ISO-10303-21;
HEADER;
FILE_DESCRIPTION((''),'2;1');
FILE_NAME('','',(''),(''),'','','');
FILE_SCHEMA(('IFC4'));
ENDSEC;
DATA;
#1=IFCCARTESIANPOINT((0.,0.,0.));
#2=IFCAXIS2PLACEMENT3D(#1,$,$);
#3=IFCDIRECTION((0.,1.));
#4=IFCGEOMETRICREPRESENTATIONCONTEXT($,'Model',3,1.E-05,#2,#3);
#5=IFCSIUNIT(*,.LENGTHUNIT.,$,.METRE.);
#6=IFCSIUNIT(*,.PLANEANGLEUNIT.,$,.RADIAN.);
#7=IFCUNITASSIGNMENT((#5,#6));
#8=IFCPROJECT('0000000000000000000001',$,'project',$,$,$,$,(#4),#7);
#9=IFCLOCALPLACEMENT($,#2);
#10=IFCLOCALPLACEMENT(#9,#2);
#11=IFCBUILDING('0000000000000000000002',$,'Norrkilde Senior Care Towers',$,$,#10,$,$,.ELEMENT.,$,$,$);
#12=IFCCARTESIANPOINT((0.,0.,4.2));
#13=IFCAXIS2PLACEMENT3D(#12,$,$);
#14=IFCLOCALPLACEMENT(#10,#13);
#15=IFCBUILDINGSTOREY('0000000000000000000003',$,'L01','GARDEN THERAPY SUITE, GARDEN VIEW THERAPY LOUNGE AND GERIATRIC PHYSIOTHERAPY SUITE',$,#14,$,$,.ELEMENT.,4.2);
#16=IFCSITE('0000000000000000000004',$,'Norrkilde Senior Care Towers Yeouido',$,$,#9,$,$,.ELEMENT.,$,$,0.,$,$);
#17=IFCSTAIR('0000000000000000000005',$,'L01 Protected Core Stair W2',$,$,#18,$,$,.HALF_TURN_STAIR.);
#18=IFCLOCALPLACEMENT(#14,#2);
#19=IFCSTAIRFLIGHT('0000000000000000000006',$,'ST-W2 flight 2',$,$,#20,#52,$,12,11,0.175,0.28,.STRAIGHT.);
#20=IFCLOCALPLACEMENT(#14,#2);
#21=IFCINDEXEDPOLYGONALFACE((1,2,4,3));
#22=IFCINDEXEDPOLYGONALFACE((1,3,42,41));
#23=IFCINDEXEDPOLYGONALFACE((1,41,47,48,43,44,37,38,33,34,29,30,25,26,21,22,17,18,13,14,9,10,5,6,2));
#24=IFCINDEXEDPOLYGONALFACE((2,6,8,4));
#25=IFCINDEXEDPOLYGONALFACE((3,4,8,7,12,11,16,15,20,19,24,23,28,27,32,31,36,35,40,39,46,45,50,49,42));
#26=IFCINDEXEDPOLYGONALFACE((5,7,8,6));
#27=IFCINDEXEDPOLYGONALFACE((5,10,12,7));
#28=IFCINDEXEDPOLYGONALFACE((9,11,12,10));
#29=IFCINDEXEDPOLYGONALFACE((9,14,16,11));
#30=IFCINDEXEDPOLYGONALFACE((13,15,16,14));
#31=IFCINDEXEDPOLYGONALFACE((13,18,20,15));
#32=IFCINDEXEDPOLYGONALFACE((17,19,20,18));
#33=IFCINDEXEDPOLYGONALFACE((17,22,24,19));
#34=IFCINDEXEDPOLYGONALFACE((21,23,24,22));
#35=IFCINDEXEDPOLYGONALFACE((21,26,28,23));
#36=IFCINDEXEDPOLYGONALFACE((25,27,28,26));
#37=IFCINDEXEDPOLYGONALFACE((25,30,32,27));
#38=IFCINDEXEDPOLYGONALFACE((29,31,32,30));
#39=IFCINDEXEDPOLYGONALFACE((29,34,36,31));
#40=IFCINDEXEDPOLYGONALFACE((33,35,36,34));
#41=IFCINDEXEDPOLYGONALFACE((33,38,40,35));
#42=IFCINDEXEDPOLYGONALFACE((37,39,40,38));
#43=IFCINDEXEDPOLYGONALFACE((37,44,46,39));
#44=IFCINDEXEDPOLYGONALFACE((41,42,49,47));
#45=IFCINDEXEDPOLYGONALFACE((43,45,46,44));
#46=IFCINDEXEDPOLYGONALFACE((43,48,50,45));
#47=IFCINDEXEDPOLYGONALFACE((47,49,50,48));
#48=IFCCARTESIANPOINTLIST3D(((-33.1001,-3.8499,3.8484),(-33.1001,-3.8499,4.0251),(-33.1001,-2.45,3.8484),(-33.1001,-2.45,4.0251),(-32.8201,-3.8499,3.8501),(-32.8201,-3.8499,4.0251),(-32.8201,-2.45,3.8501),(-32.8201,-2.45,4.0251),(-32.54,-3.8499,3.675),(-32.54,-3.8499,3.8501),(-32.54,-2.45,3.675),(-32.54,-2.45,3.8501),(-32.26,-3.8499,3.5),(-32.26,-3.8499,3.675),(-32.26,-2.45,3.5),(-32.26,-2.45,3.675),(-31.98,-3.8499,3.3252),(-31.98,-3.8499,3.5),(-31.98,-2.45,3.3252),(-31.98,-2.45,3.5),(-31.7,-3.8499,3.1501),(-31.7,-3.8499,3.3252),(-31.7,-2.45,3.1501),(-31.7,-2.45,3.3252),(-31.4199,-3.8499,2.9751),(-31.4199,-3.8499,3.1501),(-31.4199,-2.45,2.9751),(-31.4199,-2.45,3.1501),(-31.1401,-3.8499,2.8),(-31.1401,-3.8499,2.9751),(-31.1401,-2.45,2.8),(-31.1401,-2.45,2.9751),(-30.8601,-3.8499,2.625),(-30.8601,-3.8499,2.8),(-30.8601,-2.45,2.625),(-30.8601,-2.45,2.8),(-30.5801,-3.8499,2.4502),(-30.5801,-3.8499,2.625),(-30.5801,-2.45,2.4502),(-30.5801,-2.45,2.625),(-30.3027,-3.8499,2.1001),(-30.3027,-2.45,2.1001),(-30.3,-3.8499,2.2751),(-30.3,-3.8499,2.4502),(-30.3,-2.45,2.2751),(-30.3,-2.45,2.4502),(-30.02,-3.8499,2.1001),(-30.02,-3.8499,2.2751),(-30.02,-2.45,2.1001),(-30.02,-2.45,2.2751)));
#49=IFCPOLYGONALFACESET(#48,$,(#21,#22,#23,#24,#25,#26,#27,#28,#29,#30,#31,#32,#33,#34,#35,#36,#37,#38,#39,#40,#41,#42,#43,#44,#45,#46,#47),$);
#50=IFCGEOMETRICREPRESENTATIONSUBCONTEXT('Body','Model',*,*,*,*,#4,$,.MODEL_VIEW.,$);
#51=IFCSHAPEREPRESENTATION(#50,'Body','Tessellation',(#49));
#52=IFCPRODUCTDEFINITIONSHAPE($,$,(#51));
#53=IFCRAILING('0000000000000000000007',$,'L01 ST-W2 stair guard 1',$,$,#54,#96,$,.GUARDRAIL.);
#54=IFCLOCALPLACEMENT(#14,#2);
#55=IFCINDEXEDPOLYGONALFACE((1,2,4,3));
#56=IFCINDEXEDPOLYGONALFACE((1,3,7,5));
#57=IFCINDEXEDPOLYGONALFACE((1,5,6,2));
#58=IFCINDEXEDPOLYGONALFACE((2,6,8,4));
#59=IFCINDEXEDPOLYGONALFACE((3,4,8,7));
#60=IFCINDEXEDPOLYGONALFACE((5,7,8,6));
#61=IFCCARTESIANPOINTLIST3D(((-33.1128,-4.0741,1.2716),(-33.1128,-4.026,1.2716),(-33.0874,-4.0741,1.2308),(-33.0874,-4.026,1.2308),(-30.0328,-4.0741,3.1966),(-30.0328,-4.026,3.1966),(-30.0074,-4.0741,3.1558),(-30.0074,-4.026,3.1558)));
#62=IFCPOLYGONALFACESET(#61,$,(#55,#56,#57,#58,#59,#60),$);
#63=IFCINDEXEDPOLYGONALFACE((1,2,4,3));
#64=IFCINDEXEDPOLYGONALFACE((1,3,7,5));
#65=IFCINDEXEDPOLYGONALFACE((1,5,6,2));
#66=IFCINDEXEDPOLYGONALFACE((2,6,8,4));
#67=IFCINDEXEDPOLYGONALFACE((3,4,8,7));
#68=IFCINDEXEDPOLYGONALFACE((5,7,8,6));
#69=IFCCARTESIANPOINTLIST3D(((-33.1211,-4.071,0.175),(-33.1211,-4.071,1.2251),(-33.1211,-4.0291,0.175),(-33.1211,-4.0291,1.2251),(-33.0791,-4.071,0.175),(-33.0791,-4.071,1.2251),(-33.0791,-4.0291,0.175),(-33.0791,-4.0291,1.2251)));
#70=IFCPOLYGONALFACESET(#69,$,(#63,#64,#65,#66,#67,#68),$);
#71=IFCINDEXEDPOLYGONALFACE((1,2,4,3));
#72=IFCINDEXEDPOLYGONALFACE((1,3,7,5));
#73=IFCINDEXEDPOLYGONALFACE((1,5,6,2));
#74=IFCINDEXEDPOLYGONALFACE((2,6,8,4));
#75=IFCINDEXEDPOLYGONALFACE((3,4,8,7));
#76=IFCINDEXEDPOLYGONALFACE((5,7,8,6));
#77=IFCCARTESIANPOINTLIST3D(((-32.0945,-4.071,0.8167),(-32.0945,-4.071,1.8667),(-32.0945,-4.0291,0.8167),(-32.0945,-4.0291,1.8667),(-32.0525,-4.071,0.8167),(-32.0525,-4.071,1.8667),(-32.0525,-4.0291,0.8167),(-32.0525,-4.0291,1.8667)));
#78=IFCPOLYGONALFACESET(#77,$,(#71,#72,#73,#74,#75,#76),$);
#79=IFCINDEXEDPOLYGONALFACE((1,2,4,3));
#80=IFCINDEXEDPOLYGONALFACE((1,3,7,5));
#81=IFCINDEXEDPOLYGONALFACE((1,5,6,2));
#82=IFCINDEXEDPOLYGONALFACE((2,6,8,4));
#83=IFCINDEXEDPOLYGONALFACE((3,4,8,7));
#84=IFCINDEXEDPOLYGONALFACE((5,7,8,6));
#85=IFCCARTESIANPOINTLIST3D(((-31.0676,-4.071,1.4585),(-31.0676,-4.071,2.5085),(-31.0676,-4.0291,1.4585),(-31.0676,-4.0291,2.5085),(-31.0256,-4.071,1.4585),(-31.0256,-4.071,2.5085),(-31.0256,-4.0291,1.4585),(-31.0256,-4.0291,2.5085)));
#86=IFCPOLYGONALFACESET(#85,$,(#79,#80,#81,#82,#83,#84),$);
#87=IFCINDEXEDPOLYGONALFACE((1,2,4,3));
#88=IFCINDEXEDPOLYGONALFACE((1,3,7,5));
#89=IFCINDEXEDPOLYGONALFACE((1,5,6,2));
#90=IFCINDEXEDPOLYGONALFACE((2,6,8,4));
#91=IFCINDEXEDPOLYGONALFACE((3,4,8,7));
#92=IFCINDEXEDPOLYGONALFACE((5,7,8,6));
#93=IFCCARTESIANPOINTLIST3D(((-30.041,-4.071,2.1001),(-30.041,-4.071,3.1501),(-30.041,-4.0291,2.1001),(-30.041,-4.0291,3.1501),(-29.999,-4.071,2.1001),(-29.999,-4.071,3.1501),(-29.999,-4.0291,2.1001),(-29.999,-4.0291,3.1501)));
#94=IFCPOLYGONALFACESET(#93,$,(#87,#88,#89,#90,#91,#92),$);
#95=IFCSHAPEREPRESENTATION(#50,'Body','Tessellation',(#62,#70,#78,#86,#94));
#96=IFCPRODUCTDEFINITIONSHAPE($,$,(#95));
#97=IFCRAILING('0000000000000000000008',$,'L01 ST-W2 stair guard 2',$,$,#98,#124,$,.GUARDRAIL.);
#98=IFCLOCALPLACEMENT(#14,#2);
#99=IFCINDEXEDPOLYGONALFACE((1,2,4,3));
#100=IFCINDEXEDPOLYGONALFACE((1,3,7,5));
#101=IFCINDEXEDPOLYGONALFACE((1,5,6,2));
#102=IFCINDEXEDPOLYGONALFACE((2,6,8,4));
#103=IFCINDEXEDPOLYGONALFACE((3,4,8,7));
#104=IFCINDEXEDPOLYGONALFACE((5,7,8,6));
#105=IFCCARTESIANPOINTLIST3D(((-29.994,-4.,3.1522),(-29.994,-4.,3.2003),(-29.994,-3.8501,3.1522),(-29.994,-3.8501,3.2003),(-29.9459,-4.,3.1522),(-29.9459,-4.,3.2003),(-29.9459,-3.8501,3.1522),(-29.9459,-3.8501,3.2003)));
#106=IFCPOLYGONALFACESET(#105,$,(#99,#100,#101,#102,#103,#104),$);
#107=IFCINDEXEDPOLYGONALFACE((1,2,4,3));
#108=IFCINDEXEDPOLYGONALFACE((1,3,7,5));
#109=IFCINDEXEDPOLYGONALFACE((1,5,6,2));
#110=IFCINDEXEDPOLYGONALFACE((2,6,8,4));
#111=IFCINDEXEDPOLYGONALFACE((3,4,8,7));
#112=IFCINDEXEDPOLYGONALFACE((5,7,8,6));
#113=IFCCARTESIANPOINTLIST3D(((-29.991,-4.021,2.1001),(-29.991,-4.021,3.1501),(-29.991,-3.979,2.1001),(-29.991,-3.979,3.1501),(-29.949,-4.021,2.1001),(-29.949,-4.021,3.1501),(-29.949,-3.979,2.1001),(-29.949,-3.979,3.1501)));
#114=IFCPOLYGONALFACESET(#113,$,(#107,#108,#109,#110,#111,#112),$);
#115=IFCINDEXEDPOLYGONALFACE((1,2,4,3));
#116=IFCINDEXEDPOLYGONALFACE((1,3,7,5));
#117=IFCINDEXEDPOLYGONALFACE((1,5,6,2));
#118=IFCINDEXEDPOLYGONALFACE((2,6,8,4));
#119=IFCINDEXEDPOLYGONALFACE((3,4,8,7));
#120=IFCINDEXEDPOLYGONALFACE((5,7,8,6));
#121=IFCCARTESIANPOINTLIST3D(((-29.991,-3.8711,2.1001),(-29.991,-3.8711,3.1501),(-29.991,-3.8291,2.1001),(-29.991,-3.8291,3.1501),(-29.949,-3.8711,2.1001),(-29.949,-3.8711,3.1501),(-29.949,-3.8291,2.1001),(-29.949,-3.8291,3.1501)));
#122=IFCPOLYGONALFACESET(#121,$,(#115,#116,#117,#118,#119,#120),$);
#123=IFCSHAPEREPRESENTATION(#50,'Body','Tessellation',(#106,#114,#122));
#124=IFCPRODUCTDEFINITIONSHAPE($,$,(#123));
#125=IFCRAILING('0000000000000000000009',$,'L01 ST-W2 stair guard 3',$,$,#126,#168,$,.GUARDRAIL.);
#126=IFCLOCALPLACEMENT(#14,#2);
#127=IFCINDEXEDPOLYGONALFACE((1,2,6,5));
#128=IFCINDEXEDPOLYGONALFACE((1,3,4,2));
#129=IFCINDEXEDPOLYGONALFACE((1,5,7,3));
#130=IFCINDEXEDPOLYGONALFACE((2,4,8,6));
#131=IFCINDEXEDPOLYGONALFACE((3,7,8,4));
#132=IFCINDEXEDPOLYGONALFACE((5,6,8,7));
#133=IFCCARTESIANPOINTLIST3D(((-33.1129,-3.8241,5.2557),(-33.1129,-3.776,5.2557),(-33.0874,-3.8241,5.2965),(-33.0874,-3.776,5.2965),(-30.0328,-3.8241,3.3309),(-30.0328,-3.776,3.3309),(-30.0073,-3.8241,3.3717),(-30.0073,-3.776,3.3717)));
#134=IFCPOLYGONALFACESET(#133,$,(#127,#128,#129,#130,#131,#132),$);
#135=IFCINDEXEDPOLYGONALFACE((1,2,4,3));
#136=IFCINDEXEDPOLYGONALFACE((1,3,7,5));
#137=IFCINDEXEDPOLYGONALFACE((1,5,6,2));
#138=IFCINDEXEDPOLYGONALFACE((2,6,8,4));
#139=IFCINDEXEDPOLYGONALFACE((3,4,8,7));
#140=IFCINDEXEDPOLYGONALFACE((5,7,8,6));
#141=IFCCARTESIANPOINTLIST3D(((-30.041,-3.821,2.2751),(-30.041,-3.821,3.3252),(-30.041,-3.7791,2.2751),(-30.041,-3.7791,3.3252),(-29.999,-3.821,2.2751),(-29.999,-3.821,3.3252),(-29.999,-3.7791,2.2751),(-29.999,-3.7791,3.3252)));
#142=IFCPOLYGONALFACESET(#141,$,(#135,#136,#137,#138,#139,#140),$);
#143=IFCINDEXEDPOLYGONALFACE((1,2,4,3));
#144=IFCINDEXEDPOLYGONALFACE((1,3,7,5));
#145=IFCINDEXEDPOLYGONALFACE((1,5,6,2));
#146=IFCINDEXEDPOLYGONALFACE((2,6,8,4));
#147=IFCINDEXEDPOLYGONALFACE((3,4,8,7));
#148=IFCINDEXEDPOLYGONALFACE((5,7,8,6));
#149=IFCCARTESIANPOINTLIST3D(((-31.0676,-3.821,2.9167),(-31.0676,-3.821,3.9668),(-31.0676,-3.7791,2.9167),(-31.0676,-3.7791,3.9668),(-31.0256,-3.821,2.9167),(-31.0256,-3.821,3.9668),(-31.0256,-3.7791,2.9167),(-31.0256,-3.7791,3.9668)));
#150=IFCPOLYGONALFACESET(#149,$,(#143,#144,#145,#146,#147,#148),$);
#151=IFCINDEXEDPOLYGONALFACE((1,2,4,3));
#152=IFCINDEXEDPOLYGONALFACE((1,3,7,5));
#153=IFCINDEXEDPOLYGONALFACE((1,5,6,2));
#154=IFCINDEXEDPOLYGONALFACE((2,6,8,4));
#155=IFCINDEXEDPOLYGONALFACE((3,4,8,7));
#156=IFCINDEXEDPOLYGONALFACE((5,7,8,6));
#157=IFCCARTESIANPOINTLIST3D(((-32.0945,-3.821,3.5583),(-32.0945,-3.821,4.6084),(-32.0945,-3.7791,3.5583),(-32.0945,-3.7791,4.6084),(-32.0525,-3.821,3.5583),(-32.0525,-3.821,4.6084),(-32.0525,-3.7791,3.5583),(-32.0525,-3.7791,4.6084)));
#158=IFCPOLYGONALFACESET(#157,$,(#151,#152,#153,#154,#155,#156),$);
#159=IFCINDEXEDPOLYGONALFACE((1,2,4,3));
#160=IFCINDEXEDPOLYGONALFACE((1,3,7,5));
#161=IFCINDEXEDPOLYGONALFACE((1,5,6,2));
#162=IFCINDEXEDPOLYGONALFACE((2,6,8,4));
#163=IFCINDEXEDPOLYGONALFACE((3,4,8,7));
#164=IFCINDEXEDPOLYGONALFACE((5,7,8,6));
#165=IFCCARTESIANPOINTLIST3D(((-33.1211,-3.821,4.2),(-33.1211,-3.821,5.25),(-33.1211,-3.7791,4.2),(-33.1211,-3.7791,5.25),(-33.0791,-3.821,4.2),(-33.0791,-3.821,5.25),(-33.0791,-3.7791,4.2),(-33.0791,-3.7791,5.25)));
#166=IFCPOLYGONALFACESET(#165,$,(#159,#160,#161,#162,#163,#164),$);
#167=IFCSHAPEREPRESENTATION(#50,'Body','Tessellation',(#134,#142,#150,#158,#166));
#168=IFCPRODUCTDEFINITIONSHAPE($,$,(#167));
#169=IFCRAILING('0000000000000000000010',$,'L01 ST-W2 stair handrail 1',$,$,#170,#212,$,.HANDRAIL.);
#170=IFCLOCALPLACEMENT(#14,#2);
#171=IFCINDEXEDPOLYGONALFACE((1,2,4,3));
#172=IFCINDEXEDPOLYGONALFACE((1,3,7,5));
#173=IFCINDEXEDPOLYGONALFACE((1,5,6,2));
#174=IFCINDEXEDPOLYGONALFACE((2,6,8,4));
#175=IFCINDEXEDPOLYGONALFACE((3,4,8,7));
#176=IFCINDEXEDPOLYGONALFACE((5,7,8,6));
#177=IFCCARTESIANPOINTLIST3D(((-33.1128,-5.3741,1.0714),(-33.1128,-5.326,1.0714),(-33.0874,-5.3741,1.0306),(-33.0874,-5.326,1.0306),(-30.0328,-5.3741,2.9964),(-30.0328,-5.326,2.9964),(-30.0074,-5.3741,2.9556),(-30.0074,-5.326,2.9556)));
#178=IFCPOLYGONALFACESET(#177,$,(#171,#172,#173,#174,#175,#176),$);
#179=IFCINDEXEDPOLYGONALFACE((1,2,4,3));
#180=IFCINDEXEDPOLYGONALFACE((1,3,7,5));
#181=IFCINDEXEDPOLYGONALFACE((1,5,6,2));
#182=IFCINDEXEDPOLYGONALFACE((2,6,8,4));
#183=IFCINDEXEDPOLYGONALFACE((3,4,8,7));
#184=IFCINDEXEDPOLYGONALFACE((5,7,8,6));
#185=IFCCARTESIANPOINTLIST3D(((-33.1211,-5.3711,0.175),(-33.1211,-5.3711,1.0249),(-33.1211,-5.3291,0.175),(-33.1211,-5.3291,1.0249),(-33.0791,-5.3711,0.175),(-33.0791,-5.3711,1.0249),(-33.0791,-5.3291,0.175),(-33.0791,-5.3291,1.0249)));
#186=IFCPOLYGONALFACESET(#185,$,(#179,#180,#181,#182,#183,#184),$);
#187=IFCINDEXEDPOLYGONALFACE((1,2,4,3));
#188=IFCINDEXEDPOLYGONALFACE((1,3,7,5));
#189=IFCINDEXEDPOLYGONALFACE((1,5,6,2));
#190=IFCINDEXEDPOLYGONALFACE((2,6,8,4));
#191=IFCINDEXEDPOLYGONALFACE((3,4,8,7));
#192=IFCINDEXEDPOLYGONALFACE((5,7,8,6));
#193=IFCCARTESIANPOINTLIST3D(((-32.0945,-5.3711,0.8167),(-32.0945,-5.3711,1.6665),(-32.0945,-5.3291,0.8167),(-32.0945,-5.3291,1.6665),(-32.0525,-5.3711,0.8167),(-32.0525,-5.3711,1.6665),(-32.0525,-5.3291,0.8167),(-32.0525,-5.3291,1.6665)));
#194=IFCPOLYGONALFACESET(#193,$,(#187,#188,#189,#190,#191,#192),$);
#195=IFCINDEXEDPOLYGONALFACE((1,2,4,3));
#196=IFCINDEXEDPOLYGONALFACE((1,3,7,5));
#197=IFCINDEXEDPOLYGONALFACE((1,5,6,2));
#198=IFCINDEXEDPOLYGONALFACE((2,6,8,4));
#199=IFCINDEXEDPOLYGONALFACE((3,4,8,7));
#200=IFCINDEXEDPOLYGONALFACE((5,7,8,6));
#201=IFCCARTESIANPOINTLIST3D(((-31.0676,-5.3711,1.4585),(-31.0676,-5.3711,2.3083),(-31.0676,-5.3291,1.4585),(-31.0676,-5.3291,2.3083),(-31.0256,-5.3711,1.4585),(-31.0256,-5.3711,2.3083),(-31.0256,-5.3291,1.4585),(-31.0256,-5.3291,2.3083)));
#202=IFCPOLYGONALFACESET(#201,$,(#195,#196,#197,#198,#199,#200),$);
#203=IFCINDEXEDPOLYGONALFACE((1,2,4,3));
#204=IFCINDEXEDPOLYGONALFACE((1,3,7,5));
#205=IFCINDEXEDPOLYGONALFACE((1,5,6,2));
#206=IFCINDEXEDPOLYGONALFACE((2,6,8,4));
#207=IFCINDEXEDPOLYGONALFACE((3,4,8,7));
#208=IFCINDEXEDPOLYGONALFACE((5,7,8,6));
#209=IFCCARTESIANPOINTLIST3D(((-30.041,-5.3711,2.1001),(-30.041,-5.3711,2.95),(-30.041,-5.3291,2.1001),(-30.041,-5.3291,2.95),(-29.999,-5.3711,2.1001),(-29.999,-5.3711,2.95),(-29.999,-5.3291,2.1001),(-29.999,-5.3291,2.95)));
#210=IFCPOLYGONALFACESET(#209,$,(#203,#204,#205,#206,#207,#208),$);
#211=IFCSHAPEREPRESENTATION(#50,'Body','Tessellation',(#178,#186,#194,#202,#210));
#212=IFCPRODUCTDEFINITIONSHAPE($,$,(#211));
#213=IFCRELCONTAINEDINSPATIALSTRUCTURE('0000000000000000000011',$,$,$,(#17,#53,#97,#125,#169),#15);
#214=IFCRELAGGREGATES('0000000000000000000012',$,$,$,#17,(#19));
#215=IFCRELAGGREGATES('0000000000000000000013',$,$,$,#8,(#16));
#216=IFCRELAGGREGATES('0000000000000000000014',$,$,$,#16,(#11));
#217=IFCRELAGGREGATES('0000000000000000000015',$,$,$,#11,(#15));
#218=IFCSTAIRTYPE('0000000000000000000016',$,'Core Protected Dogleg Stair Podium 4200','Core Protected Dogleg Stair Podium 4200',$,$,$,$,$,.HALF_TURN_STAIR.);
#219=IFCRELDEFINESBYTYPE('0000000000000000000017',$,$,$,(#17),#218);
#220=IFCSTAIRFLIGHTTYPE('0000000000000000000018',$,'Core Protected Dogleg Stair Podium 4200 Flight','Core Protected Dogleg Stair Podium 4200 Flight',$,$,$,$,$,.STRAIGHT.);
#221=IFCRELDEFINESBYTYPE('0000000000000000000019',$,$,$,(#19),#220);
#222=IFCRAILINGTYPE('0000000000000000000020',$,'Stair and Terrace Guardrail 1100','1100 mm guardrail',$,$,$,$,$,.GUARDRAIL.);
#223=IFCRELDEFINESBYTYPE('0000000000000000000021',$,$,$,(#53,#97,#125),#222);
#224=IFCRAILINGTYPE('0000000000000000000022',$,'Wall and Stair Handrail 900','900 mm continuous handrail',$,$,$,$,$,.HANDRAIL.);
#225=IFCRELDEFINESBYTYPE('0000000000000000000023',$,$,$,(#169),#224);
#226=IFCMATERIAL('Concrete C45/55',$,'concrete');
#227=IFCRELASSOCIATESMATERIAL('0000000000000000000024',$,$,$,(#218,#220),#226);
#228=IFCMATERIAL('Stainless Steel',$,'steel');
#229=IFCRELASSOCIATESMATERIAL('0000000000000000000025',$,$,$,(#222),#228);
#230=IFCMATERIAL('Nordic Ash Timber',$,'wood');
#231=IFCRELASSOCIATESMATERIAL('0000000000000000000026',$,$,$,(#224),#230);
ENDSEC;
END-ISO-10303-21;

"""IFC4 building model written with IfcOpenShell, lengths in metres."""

from ifc_helpers import new_model, si_unit, direction, frame, origin, origin_2d, place, context, subcontext, project, spatial, polyline, rectangle, outline, extrude, material, type_object, element, aggregate, save


model = new_model("IFC4")

# Units and contexts
model_context = context("Model", 3, precision=1e-05, world=origin(), true_north=direction((0.0, 1.0)))
body_context = subcontext(model_context, "Body", "Model", "MODEL_VIEW")
ifc_project = project(units=[si_unit("LENGTHUNIT", "METRE"), si_unit("PLANEANGLEUNIT", "RADIAN")], contexts=[model_context])

# Site, building, storey
site_placement = place(None, origin())
site = spatial("IfcSite", under=ifc_project, at=site_placement, Name="Norrkilde Senior Care Towers Yeouido", CompositionType="ELEMENT", RefElevation=0.0)
building_placement = place(site_placement, origin())
building = spatial("IfcBuilding", under=site, at=building_placement, Name="Norrkilde Senior Care Towers", CompositionType="ELEMENT")
storey_placement = place(building_placement, frame((0.0, 0.0, 4.2)))
storey = spatial("IfcBuildingStorey", under=building, at=storey_placement, Name="L01", Description="GARDEN THERAPY SUITE, GARDEN VIEW THERAPY LOUNGE AND GERIATRIC PHYSIOTHERAPY SUITE", CompositionType="ELEMENT", Elevation=4.2)

# Shared definitions
ifc_material_1 = material(Name="Concrete C45/55", Category="concrete")

# Stair, stair flight
stair_type = type_object("IfcStairType", Name="Core Protected Dogleg Stair Podium 4200", Description="Core Protected Dogleg Stair Podium 4200", PredefinedType="HALF_TURN_STAIR", material=ifc_material_1)
stair_placement = place(storey_placement, origin())
stair = element("IfcStair", 1, at=stair_placement, inside=storey, type_object=stair_type, Name="L01 Protected Core Stair W2", PredefinedType="HALF_TURN_STAIR")
stair_flight_type = type_object("IfcStairFlightType", Name="Core Protected Dogleg Stair Podium 4200 Flight", Description="Core Protected Dogleg Stair Podium 4200 Flight", PredefinedType="STRAIGHT", material=ifc_material_1)
stair_flight_1_placement = place(storey_placement, frame((-30.02, -3.1499, 2.1001), z_axis=(0.0, 0.0, 1.0), x_axis=(-1.0, 0.0, 0.0)))
stair_flight_1 = element("IfcStairFlight", 2, at=stair_flight_1_placement, type_object=stair_flight_type, Name="ST-W2 flight 2", NumberOfRisers=12, NumberOfTreads=11, PredefinedType="STRAIGHT", RiserHeight=0.175, TreadLength=0.28, context=body_context, shape_type="SweptSolid", body=[
    extrude(outline(polyline([(0.0, 0.0), (0.0, 0.175), (0.28, 0.175), (0.28, 0.3501), (0.5601, 0.3501), (0.5601, 0.5249), (0.8401, 0.5249), (0.8401, 0.7), (1.1201, 0.7), (1.1201, 0.875), (1.3999, 0.875), (1.3999, 1.05), (1.6799, 1.05), (1.6799, 1.2251), (1.96, 1.2251), (1.96, 1.3999), (2.24, 1.3999), (2.24, 1.575), (2.52, 1.575), (2.52, 1.75), (2.8, 1.75), (2.8, 1.925), (3.0801, 1.925), (3.0801, 2.1001), (3.0801, 1.7483), (0.2827, 0.0), (0.0, 0.0)])), frame((0.0, 0.7, 0.0), z_axis=(0.0, -1.0, 0.0), x_axis=(1.0, 0.0, 0.0)), (0.0, 0.0, 1.0), 1.3999),
])
aggregate(stair, [stair_flight_1])

# Railings
ifc_material_2 = material(Name="Stainless Steel", Category="steel")
railing_type_1 = type_object("IfcRailingType", Name="Stair and Terrace Guardrail 1100", Description="1100 mm guardrail", PredefinedType="GUARDRAIL", material=ifc_material_2)
railing_1_placement = place(storey_placement, frame((-33.1001, -4.05, 0.175)))
element("IfcRailing", 3, at=railing_1_placement, inside=storey, type_object=railing_type_1, Name="L01 ST-W2 stair guard 1", PredefinedType="GUARDRAIL", context=body_context, shape_type="SweptSolid", body=[
    extrude(rectangle(XDim=0.0481, YDim=0.0481, at=origin_2d()), frame((0.0, 0.0, 1.0762), z_axis=(0.847998, 0.0, 0.529999), x_axis=(0.0, 1.0, 0.0)), (0.0, 0.0, 1.0), 3.6321),
    extrude(rectangle(XDim=0.042, YDim=0.042, at=origin_2d()), origin(), (0.0, 0.0, 1.0), 1.05),
    extrude(rectangle(XDim=0.042, YDim=0.042, at=origin_2d()), frame((1.0266, 0.0, 0.6416)), (0.0, 0.0, 1.0), 1.05),
    extrude(rectangle(XDim=0.042, YDim=0.042, at=origin_2d()), frame((2.0535, 0.0, 1.2834)), (0.0, 0.0, 1.0), 1.05),
    extrude(rectangle(XDim=0.042, YDim=0.042, at=origin_2d()), frame((3.0801, 0.0, 1.925)), (0.0, 0.0, 1.0), 1.05),
])
railing_2_placement = place(storey_placement, frame((-29.97, -4.0, 2.1001)))
element("IfcRailing", 4, at=railing_2_placement, inside=storey, type_object=railing_type_1, Name="L01 ST-W2 stair guard 2", PredefinedType="GUARDRAIL", context=body_context, shape_type="SweptSolid", body=[
    extrude(rectangle(XDim=0.0481, YDim=0.0481, at=origin_2d()), frame((0.0, 0.0, 1.0762), z_axis=(0.0, 1.0, 0.0), x_axis=(-1.0, 0.0, 0.0)), (0.0, 0.0, 1.0), 0.1499),
    extrude(rectangle(XDim=0.042, YDim=0.042, at=origin_2d()), origin(), (0.0, 0.0, 1.0), 1.05),
    extrude(rectangle(XDim=0.042, YDim=0.042, at=origin_2d()), frame((0.0, 0.1499, 0.0)), (0.0, 0.0, 1.0), 1.05),
])
railing_3_placement = place(storey_placement, frame((-30.02, -3.8, 2.2751)))
element("IfcRailing", 5, at=railing_3_placement, inside=storey, type_object=railing_type_1, Name="L01 ST-W2 stair guard 3", PredefinedType="GUARDRAIL", context=body_context, shape_type="SweptSolid", body=[
    extrude(rectangle(XDim=0.0481, YDim=0.0481, at=origin_2d()), frame((0.0, 0.0, 1.0762), z_axis=(-0.848029, 0.0, 0.529951), x_axis=(0.0, -1.0, 0.0)), (0.0, 0.0, 1.0), 3.6321),
    extrude(rectangle(XDim=0.042, YDim=0.042, at=origin_2d()), origin(), (0.0, 0.0, 1.0), 1.05),
    extrude(rectangle(XDim=0.042, YDim=0.042, at=origin_2d()), frame((-1.0266, 0.0, 0.6416)), (0.0, 0.0, 1.0), 1.05),
    extrude(rectangle(XDim=0.042, YDim=0.042, at=origin_2d()), frame((-2.0535, 0.0, 1.2832)), (0.0, 0.0, 1.0), 1.05),
    extrude(rectangle(XDim=0.042, YDim=0.042, at=origin_2d()), frame((-3.0801, 0.0, 1.9248)), (0.0, 0.0, 1.0), 1.05),
])
ifc_material_3 = material(Name="Nordic Ash Timber", Category="wood")
railing_type_2 = type_object("IfcRailingType", Name="Wall and Stair Handrail 900", Description="900 mm continuous handrail", PredefinedType="HANDRAIL", material=ifc_material_3)
railing_4_placement = place(storey_placement, frame((-33.1001, -5.3501, 0.175)))
element("IfcRailing", 6, at=railing_4_placement, inside=storey, type_object=railing_type_2, Name="L01 ST-W2 stair handrail 1", PredefinedType="HANDRAIL", context=body_context, shape_type="SweptSolid", body=[
    extrude(rectangle(XDim=0.0481, YDim=0.0481, at=origin_2d()), frame((0.0, 0.0, 0.876), z_axis=(0.847998, 0.0, 0.529999), x_axis=(0.0, 1.0, 0.0)), (0.0, 0.0, 1.0), 3.6321),
    extrude(rectangle(XDim=0.042, YDim=0.042, at=origin_2d()), origin(), (0.0, 0.0, 1.0), 0.8499),
    extrude(rectangle(XDim=0.042, YDim=0.042, at=origin_2d()), frame((1.0266, 0.0, 0.6416)), (0.0, 0.0, 1.0), 0.8499),
    extrude(rectangle(XDim=0.042, YDim=0.042, at=origin_2d()), frame((2.0535, 0.0, 1.2834)), (0.0, 0.0, 1.0), 0.8499),
    extrude(rectangle(XDim=0.042, YDim=0.042, at=origin_2d()), frame((3.0801, 0.0, 1.925)), (0.0, 0.0, 1.0), 0.8499),
])

save(model, "model.ifc")
